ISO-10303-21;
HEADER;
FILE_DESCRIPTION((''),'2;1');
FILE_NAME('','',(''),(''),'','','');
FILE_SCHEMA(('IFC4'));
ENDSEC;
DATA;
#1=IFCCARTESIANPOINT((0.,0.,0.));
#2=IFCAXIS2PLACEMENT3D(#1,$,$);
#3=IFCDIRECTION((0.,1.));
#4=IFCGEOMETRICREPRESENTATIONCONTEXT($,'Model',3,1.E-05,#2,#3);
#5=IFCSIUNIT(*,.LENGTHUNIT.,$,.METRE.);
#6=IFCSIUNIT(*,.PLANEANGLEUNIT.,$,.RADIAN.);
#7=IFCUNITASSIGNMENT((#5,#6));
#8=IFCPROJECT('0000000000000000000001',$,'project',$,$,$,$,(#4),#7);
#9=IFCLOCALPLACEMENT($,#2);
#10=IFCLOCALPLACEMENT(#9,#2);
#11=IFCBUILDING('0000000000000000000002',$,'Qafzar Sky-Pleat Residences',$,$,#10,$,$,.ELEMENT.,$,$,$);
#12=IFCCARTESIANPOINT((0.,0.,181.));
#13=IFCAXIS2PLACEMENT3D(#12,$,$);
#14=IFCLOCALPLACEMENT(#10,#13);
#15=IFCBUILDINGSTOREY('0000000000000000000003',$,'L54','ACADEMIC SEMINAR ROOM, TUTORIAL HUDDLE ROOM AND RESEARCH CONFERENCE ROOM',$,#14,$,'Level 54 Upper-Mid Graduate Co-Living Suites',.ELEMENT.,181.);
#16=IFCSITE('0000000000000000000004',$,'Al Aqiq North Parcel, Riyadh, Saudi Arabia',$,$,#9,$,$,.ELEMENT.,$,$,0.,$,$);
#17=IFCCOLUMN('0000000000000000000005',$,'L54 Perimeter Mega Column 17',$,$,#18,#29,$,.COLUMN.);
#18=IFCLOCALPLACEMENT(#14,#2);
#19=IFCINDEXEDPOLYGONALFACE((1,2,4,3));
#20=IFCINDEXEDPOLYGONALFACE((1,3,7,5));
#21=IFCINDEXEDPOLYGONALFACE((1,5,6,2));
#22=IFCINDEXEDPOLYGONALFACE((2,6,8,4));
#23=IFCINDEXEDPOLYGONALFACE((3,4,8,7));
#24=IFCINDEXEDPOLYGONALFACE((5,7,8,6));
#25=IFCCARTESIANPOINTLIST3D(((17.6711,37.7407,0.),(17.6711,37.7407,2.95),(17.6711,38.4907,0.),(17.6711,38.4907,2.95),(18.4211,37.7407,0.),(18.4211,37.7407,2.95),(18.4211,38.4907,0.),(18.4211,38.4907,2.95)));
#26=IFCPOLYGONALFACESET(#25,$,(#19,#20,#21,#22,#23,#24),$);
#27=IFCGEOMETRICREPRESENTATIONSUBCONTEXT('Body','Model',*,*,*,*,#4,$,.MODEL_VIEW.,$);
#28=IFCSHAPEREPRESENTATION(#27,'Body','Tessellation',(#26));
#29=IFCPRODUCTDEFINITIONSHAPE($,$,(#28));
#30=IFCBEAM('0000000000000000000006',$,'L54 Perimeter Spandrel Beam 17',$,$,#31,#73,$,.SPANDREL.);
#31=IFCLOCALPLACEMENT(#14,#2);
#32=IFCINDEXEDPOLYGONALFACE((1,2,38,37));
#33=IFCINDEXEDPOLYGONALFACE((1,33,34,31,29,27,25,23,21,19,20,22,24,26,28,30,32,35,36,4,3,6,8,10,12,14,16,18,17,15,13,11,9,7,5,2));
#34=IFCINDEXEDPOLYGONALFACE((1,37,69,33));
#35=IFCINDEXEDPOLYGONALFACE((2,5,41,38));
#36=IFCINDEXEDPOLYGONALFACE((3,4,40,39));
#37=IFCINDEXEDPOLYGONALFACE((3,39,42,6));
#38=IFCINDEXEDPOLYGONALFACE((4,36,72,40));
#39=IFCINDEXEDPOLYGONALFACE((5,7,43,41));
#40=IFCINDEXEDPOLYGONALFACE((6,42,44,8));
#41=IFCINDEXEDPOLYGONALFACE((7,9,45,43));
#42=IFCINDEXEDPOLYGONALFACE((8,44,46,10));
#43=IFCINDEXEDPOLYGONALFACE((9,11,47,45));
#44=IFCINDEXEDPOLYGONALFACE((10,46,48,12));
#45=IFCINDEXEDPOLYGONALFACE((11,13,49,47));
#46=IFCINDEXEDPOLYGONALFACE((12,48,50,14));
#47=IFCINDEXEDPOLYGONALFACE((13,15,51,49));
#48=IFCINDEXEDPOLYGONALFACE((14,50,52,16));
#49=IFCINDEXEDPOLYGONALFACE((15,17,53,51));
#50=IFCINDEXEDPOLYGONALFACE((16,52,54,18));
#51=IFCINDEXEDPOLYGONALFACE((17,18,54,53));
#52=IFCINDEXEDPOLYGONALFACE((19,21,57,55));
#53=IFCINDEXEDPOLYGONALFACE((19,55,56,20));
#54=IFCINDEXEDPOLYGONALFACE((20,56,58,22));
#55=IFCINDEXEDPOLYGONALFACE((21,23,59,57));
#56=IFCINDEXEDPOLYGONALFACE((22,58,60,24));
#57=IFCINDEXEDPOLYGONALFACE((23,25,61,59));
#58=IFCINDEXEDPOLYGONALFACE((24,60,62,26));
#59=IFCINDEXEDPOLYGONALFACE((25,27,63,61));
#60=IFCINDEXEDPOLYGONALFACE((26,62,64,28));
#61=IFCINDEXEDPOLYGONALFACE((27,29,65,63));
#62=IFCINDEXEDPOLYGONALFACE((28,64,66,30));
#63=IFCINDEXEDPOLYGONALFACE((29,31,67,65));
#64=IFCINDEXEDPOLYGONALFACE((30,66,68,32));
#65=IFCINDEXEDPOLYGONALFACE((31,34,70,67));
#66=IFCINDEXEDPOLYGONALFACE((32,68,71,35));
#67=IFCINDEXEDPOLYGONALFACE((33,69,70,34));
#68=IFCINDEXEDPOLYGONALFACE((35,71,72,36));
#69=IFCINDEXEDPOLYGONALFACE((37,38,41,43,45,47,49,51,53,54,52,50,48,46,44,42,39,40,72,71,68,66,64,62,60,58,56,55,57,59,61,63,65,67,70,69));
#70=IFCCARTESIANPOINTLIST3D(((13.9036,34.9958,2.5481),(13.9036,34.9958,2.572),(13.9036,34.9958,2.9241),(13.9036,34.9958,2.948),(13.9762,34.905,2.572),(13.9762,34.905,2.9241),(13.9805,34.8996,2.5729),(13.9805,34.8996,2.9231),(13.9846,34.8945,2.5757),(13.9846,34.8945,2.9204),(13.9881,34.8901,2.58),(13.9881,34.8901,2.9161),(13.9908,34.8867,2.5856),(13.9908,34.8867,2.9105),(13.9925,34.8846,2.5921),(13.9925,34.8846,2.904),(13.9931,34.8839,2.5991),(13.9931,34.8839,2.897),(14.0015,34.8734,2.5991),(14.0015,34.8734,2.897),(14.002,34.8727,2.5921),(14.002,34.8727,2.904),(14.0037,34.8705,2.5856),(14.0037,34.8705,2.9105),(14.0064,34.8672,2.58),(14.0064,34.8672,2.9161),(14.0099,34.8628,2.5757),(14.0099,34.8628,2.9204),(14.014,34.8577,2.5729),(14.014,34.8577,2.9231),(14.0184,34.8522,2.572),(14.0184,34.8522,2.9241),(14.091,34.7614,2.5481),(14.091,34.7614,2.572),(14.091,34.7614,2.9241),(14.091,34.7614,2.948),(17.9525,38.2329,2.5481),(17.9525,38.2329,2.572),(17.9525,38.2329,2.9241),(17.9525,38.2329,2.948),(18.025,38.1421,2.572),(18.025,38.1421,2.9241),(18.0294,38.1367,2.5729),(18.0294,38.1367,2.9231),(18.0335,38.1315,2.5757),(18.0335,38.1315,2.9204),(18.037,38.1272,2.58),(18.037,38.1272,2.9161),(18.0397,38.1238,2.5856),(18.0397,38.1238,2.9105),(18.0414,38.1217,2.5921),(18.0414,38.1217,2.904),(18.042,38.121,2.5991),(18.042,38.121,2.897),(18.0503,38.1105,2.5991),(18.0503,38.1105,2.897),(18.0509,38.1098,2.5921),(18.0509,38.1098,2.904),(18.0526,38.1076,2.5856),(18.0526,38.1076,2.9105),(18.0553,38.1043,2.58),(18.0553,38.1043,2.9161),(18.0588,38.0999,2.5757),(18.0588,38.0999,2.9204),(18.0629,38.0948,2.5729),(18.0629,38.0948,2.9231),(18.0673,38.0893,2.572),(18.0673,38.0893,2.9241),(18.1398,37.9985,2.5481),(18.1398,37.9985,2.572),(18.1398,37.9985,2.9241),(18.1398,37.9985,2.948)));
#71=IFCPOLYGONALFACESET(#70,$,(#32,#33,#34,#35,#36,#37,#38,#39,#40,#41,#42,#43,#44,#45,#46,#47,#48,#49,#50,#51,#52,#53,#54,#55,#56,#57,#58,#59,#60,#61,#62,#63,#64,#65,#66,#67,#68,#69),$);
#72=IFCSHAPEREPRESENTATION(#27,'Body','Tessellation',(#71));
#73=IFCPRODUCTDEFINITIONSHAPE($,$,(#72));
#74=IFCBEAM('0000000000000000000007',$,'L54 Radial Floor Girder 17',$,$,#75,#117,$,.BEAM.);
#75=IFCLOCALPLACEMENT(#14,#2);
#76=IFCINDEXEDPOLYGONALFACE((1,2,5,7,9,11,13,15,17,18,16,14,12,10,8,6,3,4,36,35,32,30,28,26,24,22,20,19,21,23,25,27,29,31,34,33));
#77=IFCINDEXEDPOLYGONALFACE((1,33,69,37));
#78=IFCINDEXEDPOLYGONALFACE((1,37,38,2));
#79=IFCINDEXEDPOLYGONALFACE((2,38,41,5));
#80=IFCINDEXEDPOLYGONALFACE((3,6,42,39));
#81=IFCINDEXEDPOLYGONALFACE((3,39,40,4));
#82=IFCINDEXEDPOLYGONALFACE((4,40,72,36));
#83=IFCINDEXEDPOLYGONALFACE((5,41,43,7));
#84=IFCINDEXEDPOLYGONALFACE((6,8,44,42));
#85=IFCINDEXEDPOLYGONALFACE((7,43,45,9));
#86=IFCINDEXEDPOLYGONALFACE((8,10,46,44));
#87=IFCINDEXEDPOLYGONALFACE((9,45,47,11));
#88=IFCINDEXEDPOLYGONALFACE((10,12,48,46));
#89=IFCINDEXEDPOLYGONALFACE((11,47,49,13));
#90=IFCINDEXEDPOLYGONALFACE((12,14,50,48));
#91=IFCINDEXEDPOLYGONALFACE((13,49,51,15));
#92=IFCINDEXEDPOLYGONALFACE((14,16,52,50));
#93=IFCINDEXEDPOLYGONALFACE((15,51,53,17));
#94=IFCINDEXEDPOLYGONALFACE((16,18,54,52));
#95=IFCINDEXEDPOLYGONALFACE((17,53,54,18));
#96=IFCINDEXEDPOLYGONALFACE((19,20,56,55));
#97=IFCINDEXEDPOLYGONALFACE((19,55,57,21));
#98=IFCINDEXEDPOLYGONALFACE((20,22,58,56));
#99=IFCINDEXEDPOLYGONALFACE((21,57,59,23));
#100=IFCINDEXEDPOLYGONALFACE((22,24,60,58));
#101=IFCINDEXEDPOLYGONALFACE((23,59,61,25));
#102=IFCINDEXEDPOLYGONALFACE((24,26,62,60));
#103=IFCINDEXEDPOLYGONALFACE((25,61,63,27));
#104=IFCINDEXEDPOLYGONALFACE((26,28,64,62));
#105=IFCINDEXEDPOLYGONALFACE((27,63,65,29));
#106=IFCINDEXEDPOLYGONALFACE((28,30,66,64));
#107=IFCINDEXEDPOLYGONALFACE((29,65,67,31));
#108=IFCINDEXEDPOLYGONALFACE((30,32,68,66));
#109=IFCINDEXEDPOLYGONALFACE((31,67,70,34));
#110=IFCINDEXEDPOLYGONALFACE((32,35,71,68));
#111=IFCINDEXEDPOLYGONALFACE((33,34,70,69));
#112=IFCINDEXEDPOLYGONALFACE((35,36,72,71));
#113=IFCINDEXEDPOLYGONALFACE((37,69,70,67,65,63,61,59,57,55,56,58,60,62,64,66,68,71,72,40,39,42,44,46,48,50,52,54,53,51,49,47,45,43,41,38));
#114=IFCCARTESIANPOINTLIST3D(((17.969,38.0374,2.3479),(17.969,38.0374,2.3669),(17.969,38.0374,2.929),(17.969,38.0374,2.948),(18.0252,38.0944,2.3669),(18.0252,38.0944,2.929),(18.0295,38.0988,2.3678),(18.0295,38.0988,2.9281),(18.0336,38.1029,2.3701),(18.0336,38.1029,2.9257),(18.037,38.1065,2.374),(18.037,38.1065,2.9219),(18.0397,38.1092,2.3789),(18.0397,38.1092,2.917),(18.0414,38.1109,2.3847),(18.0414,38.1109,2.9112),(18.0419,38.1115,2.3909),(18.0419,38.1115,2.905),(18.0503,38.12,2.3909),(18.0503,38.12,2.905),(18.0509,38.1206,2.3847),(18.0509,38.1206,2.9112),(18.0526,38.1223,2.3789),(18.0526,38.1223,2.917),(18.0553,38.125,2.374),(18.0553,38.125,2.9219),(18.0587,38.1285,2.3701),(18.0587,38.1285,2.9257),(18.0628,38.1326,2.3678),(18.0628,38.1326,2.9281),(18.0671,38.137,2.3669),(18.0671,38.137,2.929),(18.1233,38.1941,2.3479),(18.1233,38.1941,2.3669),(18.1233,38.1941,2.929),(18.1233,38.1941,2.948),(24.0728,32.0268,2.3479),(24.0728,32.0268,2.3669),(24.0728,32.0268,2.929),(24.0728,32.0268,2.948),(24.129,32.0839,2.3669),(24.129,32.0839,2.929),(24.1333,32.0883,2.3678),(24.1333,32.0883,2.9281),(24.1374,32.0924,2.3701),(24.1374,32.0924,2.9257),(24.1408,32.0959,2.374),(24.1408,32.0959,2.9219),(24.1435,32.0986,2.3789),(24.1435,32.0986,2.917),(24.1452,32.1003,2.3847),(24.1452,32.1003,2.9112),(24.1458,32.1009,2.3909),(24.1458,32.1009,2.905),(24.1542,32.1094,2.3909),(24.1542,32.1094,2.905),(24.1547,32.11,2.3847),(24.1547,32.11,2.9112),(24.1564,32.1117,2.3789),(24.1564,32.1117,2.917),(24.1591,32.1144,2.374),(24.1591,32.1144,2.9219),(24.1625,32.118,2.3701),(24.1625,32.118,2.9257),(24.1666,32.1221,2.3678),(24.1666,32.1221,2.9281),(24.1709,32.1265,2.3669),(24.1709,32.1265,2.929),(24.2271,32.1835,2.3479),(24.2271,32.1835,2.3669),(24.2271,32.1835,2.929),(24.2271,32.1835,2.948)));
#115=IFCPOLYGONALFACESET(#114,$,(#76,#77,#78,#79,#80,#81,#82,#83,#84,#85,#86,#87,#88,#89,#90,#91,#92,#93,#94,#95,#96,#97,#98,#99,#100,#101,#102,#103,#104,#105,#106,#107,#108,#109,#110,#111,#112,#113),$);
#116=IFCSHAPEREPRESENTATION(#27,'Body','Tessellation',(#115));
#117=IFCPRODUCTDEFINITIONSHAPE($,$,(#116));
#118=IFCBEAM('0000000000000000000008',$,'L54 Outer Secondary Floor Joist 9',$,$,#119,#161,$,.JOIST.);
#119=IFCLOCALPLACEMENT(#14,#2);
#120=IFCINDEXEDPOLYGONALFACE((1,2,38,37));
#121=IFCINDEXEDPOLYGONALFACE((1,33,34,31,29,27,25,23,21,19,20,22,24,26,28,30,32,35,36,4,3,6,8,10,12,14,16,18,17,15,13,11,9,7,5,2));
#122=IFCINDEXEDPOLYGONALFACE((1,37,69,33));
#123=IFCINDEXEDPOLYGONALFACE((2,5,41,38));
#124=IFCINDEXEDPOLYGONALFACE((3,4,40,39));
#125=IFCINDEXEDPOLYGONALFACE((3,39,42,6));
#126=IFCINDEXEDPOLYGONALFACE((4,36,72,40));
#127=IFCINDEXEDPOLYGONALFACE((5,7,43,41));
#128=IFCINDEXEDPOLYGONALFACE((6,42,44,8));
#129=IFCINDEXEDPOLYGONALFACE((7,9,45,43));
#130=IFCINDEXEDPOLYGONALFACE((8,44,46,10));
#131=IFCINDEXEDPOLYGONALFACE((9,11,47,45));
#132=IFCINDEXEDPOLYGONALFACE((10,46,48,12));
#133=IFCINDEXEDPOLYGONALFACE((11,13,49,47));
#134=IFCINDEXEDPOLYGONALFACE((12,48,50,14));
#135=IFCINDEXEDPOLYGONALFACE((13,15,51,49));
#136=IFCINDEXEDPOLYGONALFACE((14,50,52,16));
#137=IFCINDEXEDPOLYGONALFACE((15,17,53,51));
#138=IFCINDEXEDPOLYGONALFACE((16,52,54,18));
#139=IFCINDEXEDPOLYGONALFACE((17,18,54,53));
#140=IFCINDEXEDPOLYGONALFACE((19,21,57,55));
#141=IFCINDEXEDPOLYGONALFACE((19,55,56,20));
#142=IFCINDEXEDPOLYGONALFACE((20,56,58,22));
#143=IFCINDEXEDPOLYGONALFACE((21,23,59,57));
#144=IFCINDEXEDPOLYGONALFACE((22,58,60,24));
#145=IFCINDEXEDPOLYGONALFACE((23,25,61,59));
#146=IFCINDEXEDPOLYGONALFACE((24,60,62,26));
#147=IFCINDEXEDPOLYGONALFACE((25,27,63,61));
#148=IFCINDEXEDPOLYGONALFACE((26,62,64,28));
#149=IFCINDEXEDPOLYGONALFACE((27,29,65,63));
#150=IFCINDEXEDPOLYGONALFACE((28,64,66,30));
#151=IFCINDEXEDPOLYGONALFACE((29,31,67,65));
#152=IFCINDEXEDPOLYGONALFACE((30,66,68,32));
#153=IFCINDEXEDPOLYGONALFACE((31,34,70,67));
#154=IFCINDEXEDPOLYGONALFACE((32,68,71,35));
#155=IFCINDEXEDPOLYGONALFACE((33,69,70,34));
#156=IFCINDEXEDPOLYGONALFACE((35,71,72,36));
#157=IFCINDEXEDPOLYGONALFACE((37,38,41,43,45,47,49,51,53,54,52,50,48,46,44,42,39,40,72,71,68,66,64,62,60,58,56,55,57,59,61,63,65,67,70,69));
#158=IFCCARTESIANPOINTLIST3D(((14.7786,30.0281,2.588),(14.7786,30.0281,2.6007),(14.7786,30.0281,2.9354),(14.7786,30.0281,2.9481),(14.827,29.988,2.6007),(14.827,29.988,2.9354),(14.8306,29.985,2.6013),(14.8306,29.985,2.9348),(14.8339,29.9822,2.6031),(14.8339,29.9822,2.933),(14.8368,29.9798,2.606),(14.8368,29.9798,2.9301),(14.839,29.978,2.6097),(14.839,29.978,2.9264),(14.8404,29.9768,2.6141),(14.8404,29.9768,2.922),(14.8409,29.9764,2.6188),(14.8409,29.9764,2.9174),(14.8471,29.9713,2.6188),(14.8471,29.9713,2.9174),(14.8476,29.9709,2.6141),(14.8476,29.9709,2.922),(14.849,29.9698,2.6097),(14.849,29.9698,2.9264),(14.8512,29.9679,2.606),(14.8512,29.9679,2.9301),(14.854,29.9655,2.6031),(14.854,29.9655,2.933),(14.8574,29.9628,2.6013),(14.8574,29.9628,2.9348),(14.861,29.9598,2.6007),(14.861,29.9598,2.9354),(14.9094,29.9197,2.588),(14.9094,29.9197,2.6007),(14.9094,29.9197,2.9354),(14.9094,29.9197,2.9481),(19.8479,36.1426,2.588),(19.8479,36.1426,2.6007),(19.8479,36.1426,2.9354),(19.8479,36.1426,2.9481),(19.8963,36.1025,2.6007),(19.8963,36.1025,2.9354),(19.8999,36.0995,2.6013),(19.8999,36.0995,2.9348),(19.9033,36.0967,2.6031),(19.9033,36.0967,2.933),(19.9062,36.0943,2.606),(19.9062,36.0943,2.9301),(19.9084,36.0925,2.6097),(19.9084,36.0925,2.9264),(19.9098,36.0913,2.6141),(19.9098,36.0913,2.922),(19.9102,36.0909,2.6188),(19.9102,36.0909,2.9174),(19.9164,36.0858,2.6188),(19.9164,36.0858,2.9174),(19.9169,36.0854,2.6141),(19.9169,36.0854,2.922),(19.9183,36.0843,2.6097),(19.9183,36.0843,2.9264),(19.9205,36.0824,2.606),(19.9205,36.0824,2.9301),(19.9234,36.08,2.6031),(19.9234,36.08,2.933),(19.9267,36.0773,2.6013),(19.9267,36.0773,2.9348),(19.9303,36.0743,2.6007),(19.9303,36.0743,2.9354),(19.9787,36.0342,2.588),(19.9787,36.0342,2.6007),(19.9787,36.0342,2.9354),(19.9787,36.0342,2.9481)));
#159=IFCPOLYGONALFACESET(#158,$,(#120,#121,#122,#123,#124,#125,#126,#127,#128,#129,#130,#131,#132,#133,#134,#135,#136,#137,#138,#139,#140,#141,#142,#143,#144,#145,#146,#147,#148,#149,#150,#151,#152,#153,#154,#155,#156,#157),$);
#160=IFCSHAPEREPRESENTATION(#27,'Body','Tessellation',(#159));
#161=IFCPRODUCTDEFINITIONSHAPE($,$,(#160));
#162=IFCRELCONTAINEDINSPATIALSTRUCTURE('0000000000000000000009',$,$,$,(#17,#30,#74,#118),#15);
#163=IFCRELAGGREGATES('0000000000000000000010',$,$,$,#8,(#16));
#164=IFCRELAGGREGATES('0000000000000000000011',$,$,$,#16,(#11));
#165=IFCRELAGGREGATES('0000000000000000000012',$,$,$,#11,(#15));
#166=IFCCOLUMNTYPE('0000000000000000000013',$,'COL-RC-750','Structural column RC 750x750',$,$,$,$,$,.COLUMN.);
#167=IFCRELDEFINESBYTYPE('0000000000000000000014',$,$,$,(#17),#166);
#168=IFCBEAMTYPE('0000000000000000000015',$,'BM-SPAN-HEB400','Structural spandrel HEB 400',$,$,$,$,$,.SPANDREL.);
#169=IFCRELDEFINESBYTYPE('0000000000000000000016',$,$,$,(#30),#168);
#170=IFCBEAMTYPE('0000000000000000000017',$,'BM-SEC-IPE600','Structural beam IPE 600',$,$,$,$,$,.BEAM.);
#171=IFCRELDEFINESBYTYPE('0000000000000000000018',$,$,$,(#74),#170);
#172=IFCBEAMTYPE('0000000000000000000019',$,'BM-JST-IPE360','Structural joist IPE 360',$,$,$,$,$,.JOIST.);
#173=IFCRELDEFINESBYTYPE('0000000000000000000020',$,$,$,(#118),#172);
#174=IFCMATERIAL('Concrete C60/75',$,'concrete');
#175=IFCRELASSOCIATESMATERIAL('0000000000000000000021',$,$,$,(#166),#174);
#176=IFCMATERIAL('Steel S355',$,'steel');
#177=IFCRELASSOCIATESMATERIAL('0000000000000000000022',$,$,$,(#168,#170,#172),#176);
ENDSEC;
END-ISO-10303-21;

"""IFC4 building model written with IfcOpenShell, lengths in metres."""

from ifc_helpers import new_model, si_unit, direction, frame, origin, origin_2d, place, context, subcontext, project, spatial, rectangle, i_section, extrude, source, transform, mapped, material, material_profile, profile_set, type_object, element, save


model = new_model("IFC4")

# Units and contexts
model_context = context("Model", 3, precision=1e-05, world=origin(), true_north=direction((0.0, 1.0)))
body_context = subcontext(model_context, "Body", "Model", "MODEL_VIEW")
ifc_project = project(units=[si_unit("LENGTHUNIT", "METRE"), si_unit("PLANEANGLEUNIT", "RADIAN")], contexts=[model_context])

# Site, building, storey
site_placement = place(None, origin())
site = spatial("IfcSite", under=ifc_project, at=site_placement, Name="Al Aqiq North Parcel, Riyadh, Saudi Arabia", CompositionType="ELEMENT", RefElevation=0.0)
building_placement = place(site_placement, origin())
building = spatial("IfcBuilding", under=site, at=building_placement, Name="Qafzar Sky-Pleat Residences", CompositionType="ELEMENT")
storey_placement = place(building_placement, frame((0.0, 0.0, 181.0)))
storey = spatial("IfcBuildingStorey", under=building, at=storey_placement, Name="L54", Description="ACADEMIC SEMINAR ROOM, TUTORIAL HUDDLE ROOM AND RESEARCH CONFERENCE ROOM", LongName="Level 54 Upper-Mid Graduate Co-Living Suites", CompositionType="ELEMENT", Elevation=181.0)

# Column
ifc_material_1 = material(Name="Concrete C60/75", Category="concrete")
ifc_material_profile_1 = material_profile(ifc_material_1, rectangle(XDim=0.75, YDim=0.75, at=origin_2d()), Name="RC 750x750")
ifc_profile_set_1 = profile_set([ifc_material_profile_1], Name="Concrete C60/75")
column_type = type_object("IfcColumnType", Name="COL-RC-750", Description="Structural column RC 750x750", PredefinedType="COLUMN", material=ifc_profile_set_1)
shared_shape_1 = source(origin(), body_context, "Body", "SweptSolid", [
    extrude(rectangle(XDim=0.75, YDim=0.75, at=origin_2d()), origin(), (0.0, 0.0, 1.0), 2.95),
])
column_placement = place(storey_placement, frame((18.0461, 38.1157, 0.0), z_axis=(0.0, 0.0, 1.0), x_axis=(1.0, 0.0, 0.0)))
element("IfcColumn", 1, at=column_placement, inside=storey, type_object=column_type, Name="L54 Perimeter Mega Column 17", PredefinedType="COLUMN", context=body_context, shape_type="MappedRepresentation", body=[
    mapped(shared_shape_1, transform((0.0, 0.0, 0.0), x_axis=(1.0, 0.0, 0.0), y_axis=(0.0, 1.0, 0.0), z_axis=(0.0, 0.0, 1.0), scale=1.0)),
])

# Beams
ifc_material_2 = material(Name="Steel S355", Category="steel")
ifc_material_profile_2 = material_profile(ifc_material_2, i_section(OverallWidth=0.3, OverallDepth=0.3999, WebThickness=0.0134, FlangeThickness=0.0239, FilletRadius=0.0271, at=origin_2d()), Name="HEB 400")
ifc_profile_set_2 = profile_set([ifc_material_profile_2], Name="Steel S355")
beam_type_1 = type_object("IfcBeamType", Name="BM-SPAN-HEB400", Description="Structural spandrel HEB 400", PredefinedType="SPANDREL", material=ifc_profile_set_2)
shared_shape_2 = source(origin(), body_context, "Body", "SweptSolid", [
    extrude(i_section(OverallWidth=0.3, OverallDepth=0.3999, WebThickness=0.0134, FlangeThickness=0.0239, FilletRadius=0.0271, at=origin_2d()), origin(), (0.0, 0.0, 1.0), 5.1838),
])
beam_1_placement = place(storey_placement, frame((18.0461, 38.1157, 2.748), z_axis=(-0.781057, -0.62446, 0.0), x_axis=(0.62446, -0.781057, 0.0)))
element("IfcBeam", 2, at=beam_1_placement, inside=storey, type_object=beam_type_1, Name="L54 Perimeter Spandrel Beam 17", PredefinedType="SPANDREL", context=body_context, shape_type="MappedRepresentation", body=[
    mapped(shared_shape_2, transform((0.0, 0.0, 0.0), x_axis=(1.0, 0.0, 0.0), y_axis=(0.0, 1.0, 0.0), z_axis=(0.0, 0.0, 1.0), scale=1.0)),
])
ifc_material_profile_3 = material_profile(ifc_material_2, i_section(OverallWidth=0.22, OverallDepth=0.6001, WebThickness=0.012, FlangeThickness=0.019, FilletRadius=0.0239, at=origin_2d()), Name="IPE 600")
ifc_profile_set_3 = profile_set([ifc_material_profile_3], Name="Steel S355")
beam_type_2 = type_object("IfcBeamType", Name="BM-SEC-IPE600", Description="Structural beam IPE 600", PredefinedType="BEAM", material=ifc_profile_set_3)
shared_shape_3 = source(origin(), body_context, "Body", "SweptSolid", [
    extrude(i_section(OverallWidth=0.22, OverallDepth=0.6001, WebThickness=0.012, FlangeThickness=0.019, FilletRadius=0.0239, at=origin_2d()), origin(), (0.0, 0.0, 1.0), 8.5664),
])
beam_2_placement = place(storey_placement, frame((18.0461, 38.1157, 2.6479), z_axis=(0.712529, -0.701642, 0.0), x_axis=(0.701642, 0.712529, 0.0)))
element("IfcBeam", 3, at=beam_2_placement, inside=storey, type_object=beam_type_2, Name="L54 Radial Floor Girder 17", PredefinedType="BEAM", context=body_context, shape_type="MappedRepresentation", body=[
    mapped(shared_shape_3, transform((0.0, 0.0, 0.0), x_axis=(1.0, 0.0, 0.0), y_axis=(0.0, 1.0, 0.0), z_axis=(0.0, 0.0, 1.0), scale=1.0)),
])
ifc_material_profile_4 = material_profile(ifc_material_2, i_section(OverallWidth=0.1699, OverallDepth=0.3601, WebThickness=0.0081, FlangeThickness=0.0127, FilletRadius=0.0181, at=origin_2d()), Name="IPE 360")
ifc_profile_set_4 = profile_set([ifc_material_profile_4], Name="Steel S355")
beam_type_3 = type_object("IfcBeamType", Name="BM-JST-IPE360", Description="Structural joist IPE 360", PredefinedType="JOIST", material=ifc_profile_set_4)
shared_shape_4 = source(origin(), body_context, "Body", "SweptSolid", [
    extrude(i_section(OverallWidth=0.1699, OverallDepth=0.3601, WebThickness=0.0081, FlangeThickness=0.0127, FilletRadius=0.0181, at=origin_2d()), origin(), (0.0, 0.0, 1.0), 7.9426),
])
beam_3_placement = place(storey_placement, frame((19.9133, 36.0884, 2.7681), z_axis=(-0.638244, -0.769834, 0.0), x_axis=(0.769834, -0.638244, 0.0)))
element("IfcBeam", 4, at=beam_3_placement, inside=storey, type_object=beam_type_3, Name="L54 Outer Secondary Floor Joist 9", PredefinedType="JOIST", context=body_context, shape_type="MappedRepresentation", body=[
    mapped(shared_shape_4, transform((0.0, 0.0, 0.0), x_axis=(1.0, 0.0, 0.0), y_axis=(0.0, 1.0, 0.0), z_axis=(0.0, 0.0, 1.0), scale=1.0)),
])

save(model, "model.ifc")
